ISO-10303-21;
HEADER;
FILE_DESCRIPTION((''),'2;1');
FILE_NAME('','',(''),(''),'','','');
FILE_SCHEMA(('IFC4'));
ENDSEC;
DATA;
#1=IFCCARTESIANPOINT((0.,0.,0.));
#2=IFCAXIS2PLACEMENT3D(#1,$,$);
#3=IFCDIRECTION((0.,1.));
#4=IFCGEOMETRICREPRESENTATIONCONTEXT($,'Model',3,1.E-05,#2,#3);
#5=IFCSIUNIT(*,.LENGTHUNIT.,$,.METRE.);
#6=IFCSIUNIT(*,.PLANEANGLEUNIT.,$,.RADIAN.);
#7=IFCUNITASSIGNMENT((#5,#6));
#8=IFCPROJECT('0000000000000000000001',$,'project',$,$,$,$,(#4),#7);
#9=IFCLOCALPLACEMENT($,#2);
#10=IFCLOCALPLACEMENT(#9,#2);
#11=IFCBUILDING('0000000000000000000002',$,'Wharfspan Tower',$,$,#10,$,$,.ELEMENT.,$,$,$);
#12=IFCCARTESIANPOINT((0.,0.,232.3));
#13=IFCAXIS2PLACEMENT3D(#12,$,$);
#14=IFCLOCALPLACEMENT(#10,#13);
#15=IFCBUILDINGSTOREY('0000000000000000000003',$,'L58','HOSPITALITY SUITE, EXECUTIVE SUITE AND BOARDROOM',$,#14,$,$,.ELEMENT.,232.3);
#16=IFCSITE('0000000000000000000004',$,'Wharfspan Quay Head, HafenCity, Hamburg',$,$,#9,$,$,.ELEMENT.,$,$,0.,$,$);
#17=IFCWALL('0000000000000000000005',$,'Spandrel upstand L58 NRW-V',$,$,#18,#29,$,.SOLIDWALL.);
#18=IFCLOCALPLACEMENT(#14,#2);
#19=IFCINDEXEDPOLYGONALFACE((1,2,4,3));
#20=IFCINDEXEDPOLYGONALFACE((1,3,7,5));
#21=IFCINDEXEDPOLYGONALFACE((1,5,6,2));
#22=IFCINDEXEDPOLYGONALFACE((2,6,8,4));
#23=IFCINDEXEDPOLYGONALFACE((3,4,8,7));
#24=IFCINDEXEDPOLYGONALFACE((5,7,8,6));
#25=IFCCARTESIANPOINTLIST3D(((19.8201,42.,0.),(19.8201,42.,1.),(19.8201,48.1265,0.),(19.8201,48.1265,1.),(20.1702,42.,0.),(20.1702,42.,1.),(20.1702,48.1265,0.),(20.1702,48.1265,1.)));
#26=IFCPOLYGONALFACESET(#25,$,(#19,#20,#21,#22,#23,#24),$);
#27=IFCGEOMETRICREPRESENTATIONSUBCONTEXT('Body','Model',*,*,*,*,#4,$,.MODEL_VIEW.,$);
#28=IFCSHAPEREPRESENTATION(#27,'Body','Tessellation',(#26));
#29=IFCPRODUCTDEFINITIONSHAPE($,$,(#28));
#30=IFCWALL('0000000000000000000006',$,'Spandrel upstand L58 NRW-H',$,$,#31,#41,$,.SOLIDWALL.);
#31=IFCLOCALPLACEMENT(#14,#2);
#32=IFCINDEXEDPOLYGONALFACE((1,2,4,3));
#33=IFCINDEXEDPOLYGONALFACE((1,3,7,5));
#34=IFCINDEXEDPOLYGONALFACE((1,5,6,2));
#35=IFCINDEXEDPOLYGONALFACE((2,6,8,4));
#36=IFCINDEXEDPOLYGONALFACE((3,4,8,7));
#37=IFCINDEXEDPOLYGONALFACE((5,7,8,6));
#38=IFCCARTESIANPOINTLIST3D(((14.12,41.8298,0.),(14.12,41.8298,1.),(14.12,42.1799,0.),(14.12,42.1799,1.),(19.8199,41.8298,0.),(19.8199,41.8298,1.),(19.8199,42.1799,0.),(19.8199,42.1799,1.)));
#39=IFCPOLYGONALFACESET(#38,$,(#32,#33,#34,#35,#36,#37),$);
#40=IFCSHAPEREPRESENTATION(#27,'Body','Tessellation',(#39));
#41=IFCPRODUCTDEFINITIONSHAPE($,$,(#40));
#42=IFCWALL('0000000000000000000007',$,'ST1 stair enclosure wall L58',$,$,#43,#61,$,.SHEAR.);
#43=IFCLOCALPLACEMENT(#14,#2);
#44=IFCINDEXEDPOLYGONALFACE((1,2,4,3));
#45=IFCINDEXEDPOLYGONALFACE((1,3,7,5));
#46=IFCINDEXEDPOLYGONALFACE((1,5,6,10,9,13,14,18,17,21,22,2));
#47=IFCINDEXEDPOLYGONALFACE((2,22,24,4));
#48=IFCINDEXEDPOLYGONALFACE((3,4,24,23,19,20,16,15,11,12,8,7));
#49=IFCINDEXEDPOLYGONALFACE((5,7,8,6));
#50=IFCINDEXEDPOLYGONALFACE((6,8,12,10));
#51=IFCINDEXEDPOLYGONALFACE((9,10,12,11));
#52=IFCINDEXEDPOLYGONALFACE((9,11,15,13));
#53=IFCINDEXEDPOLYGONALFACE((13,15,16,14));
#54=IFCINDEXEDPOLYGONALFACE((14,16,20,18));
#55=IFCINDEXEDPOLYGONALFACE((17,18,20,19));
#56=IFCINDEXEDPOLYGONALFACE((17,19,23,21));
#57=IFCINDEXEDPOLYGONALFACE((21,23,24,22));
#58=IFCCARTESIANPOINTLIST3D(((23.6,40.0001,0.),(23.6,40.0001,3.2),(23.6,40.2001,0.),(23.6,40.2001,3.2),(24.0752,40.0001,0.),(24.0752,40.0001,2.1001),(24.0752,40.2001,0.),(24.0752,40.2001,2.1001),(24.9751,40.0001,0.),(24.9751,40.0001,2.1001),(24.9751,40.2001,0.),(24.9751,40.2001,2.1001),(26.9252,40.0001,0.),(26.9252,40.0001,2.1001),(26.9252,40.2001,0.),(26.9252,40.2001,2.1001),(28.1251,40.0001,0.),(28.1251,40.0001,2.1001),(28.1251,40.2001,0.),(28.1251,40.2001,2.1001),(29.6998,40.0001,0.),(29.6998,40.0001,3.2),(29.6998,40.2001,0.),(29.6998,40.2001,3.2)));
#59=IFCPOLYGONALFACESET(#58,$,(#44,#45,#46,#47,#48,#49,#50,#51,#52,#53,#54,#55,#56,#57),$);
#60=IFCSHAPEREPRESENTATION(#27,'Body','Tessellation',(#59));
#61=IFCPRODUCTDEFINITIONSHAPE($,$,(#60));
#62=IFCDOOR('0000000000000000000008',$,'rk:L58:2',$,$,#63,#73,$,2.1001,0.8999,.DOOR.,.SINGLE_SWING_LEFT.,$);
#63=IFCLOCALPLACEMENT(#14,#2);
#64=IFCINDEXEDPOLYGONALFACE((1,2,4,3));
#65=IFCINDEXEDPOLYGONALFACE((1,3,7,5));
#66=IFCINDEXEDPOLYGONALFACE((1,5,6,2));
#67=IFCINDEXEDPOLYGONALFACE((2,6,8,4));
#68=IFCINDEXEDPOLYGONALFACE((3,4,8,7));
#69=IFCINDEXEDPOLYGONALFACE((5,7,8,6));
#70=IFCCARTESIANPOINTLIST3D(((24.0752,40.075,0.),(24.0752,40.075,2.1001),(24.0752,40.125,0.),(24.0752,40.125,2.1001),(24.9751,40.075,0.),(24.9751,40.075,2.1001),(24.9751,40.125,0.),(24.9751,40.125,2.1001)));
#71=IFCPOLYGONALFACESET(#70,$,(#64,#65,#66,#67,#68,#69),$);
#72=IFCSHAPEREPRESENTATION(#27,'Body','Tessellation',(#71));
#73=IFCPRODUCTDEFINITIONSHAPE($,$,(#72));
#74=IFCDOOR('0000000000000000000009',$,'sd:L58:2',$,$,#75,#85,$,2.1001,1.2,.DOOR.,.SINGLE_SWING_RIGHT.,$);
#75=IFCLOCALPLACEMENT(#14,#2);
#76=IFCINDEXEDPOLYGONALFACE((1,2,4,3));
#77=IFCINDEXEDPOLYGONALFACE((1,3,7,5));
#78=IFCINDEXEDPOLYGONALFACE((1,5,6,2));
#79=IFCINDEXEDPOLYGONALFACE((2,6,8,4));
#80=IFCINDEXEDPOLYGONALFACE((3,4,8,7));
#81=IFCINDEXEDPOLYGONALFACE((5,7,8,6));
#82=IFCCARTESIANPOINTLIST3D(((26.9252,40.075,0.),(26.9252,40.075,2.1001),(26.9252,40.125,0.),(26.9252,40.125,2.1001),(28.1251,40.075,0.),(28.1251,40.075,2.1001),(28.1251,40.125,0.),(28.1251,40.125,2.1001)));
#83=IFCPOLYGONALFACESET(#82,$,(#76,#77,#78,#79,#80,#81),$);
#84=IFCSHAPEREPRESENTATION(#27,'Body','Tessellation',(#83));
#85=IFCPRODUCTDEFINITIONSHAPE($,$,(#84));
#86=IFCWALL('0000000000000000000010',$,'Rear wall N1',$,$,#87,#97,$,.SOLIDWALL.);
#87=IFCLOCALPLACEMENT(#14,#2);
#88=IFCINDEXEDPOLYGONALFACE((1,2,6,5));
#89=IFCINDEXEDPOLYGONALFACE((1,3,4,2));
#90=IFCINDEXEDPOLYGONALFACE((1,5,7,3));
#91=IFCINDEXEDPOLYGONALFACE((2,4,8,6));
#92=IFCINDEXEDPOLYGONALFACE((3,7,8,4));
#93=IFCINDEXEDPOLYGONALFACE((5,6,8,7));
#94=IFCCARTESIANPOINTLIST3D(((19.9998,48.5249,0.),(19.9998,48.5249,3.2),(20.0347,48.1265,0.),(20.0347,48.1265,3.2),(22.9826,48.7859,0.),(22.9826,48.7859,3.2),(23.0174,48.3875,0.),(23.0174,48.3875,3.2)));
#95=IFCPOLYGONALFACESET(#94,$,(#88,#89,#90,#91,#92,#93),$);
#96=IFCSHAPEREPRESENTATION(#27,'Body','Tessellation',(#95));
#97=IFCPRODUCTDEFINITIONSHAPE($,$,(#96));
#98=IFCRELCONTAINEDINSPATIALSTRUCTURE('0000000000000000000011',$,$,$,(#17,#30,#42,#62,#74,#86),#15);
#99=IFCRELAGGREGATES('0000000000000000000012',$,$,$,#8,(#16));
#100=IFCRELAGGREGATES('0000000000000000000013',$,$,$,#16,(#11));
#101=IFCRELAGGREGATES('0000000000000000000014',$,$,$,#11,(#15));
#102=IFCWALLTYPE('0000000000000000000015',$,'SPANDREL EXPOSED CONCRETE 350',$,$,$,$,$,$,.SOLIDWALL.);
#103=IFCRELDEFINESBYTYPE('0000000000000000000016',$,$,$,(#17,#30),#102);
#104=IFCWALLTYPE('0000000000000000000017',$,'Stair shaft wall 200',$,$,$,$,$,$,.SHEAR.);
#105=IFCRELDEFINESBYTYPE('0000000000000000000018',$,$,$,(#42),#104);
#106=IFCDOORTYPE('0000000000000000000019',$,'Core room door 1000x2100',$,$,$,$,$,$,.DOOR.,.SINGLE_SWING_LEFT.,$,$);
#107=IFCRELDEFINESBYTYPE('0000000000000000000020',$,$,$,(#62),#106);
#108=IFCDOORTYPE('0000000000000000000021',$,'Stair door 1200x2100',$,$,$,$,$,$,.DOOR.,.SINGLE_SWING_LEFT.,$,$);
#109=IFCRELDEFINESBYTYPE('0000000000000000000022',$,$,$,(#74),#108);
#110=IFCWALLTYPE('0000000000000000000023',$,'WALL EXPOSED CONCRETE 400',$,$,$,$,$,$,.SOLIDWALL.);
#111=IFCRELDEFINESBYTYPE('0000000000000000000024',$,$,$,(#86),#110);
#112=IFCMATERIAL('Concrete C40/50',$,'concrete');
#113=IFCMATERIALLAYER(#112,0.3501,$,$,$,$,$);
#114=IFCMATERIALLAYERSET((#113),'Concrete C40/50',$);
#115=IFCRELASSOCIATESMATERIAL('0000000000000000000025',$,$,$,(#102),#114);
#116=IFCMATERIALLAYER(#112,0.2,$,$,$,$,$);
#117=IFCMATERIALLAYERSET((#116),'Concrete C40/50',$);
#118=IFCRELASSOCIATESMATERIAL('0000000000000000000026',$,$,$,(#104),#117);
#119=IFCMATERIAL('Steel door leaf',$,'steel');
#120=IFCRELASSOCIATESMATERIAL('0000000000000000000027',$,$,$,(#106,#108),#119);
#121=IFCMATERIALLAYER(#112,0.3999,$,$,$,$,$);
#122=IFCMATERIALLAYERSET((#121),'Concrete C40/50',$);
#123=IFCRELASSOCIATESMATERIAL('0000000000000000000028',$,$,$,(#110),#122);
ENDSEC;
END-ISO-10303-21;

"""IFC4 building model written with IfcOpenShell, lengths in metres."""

from ifc_helpers import new_model, si_unit, direction, frame, frame_2d, origin, place, context, subcontext, project, spatial, rectangle, extrude, material, layer, layer_set, type_object, element, fill, save


model = new_model("IFC4")

# Units and contexts
model_context = context("Model", 3, precision=1e-05, world=origin(), true_north=direction((0.0, 1.0)))
body_context = subcontext(model_context, "Body", "Model", "MODEL_VIEW")
ifc_project = project(units=[si_unit("LENGTHUNIT", "METRE"), si_unit("PLANEANGLEUNIT", "RADIAN")], contexts=[model_context])

# Site, building, storey
site_placement = place(None, origin())
site = spatial("IfcSite", under=ifc_project, at=site_placement, Name="Wharfspan Quay Head, HafenCity, Hamburg", CompositionType="ELEMENT", RefElevation=0.0)
building_placement = place(site_placement, origin())
building = spatial("IfcBuilding", under=site, at=building_placement, Name="Wharfspan Tower", CompositionType="ELEMENT")
storey_placement = place(building_placement, frame((0.0, 0.0, 232.3)))
storey = spatial("IfcBuildingStorey", under=building, at=storey_placement, Name="L58", Description="HOSPITALITY SUITE, EXECUTIVE SUITE AND BOARDROOM", CompositionType="ELEMENT", Elevation=232.3)

# Walls
ifc_material_1 = material(Name="Concrete C40/50", Category="concrete")
ifc_layer_1 = layer(ifc_material_1, 0.3501)
ifc_layer_set_1 = layer_set([ifc_layer_1], Name="Concrete C40/50")
wall_type_1 = type_object("IfcWallType", Name="SPANDREL EXPOSED CONCRETE 350", PredefinedType="SOLIDWALL", material=ifc_layer_set_1)
wall_1_placement = place(storey_placement, frame((19.9951, 48.1265, 0.0), z_axis=(0.0, 0.0, 1.0), x_axis=(0.0, -1.0, 0.0)))
element("IfcWall", 1, at=wall_1_placement, inside=storey, type_object=wall_type_1, Name="Spandrel upstand L58 NRW-V", PredefinedType="SOLIDWALL", context=body_context, shape_type="SweptSolid", body=[
    extrude(rectangle(XDim=6.1265, YDim=0.3501, at=frame_2d((3.0632, 0.0))), origin(), (0.0, 0.0, 1.0), 1.0),
])
wall_2_placement = place(storey_placement, frame((19.8201, 42.0049, 0.0), z_axis=(0.0, 0.0, 1.0), x_axis=(-1.0, 0.0, 0.0)))
element("IfcWall", 2, at=wall_2_placement, inside=storey, type_object=wall_type_1, Name="Spandrel upstand L58 NRW-H", PredefinedType="SOLIDWALL", context=body_context, shape_type="SweptSolid", body=[
    extrude(rectangle(XDim=5.7, YDim=0.3501, at=frame_2d((2.8501, 0.0))), origin(), (0.0, 0.0, 1.0), 1.0),
])

# Wall, openings, doors
ifc_layer_2 = layer(ifc_material_1, 0.2)
ifc_layer_set_2 = layer_set([ifc_layer_2], Name="Concrete C40/50")
wall_type_2 = type_object("IfcWallType", Name="Stair shaft wall 200", PredefinedType="SHEAR", material=ifc_layer_set_2)
wall_3_placement = place(storey_placement, frame((23.6001, 40.1001, 0.0), z_axis=(0.0, 0.0, 1.0), x_axis=(1.0, 0.0, 0.0)))
wall_3 = element("IfcWall", 3, at=wall_3_placement, inside=storey, type_object=wall_type_2, Name="ST1 stair enclosure wall L58", PredefinedType="SHEAR", context=body_context, shape_type="SweptSolid", body=[
    extrude(rectangle(XDim=6.0999, YDim=0.2, at=frame_2d((3.0498, 0.0))), origin(), (0.0, 0.0, 1.0), 3.2),
])
opening_1_placement = place(wall_3_placement, frame((3.325, 0.0, 0.0)))
opening_1 = element("IfcOpeningElement", 4, at=opening_1_placement, cuts=wall_3, PredefinedType="OPENING", context=body_context, shape_type="SweptSolid", body=[
    extrude(rectangle(XDim=1.2, YDim=2.1001, at=frame_2d((0.6001, 1.05))), frame((0.0, 0.1099, 0.0), z_axis=(0.0, -1.0, 0.0), x_axis=(1.0, 0.0, 0.0)), (0.0, 0.0, 1.0), 0.22),
])
opening_2_placement = place(wall_3_placement, frame((0.4751, 0.0, 0.0)))
opening_2 = element("IfcOpeningElement", 5, at=opening_2_placement, cuts=wall_3, PredefinedType="OPENING", context=body_context, shape_type="SweptSolid", body=[
    extrude(rectangle(XDim=0.8999, YDim=2.1001, at=frame_2d((0.45, 1.05))), frame((0.0, 0.1099, 0.0), z_axis=(0.0, -1.0, 0.0), x_axis=(1.0, 0.0, 0.0)), (0.0, 0.0, 1.0), 0.22),
])
ifc_material_2 = material(Name="Steel door leaf", Category="steel")
door_type_1 = type_object("IfcDoorType", Name="Core room door 1000x2100", OperationType="SINGLE_SWING_LEFT", PredefinedType="DOOR", material=ifc_material_2)
door_1_placement = place(opening_2_placement, origin())
door_1 = element("IfcDoor", 6, at=door_1_placement, inside=storey, type_object=door_type_1, Name="rk:L58:2", OperationType="SINGLE_SWING_LEFT", OverallHeight=2.1001, OverallWidth=0.8999, PredefinedType="DOOR", context=body_context, shape_type="SweptSolid", body=[
    extrude(rectangle(XDim=0.8999, YDim=2.1001, at=frame_2d((0.45, 1.05))), frame((0.0, 0.0249, 0.0), z_axis=(0.0, -1.0, 0.0), x_axis=(1.0, 0.0, 0.0)), (0.0, 0.0, 1.0), 0.05),
])
fill(opening_2, door_1)
door_type_2 = type_object("IfcDoorType", Name="Stair door 1200x2100", OperationType="SINGLE_SWING_LEFT", PredefinedType="DOOR", material=ifc_material_2)
door_2_placement = place(opening_1_placement, origin())
door_2 = element("IfcDoor", 7, at=door_2_placement, inside=storey, type_object=door_type_2, Name="sd:L58:2", OperationType="SINGLE_SWING_RIGHT", OverallHeight=2.1001, OverallWidth=1.2, PredefinedType="DOOR", context=body_context, shape_type="SweptSolid", body=[
    extrude(rectangle(XDim=1.2, YDim=2.1001, at=frame_2d((0.6001, 1.05))), frame((0.0, 0.0249, 0.0), z_axis=(0.0, -1.0, 0.0), x_axis=(1.0, 0.0, 0.0)), (0.0, 0.0, 1.0), 0.05),
])
fill(opening_1, door_2)

# Wall
ifc_layer_3 = layer(ifc_material_1, 0.3999)
ifc_layer_set_3 = layer_set([ifc_layer_3], Name="Concrete C40/50")
wall_type_3 = type_object("IfcWallType", Name="WALL EXPOSED CONCRETE 400", PredefinedType="SOLIDWALL", material=ifc_layer_set_3)
wall_4_placement = place(storey_placement, frame((23.0, 48.5867, 0.0), z_axis=(0.0, 0.0, 1.0), x_axis=(-0.996194, -0.087168, 0.0)))
element("IfcWall", 8, at=wall_4_placement, inside=storey, type_object=wall_type_3, Name="Rear wall N1", PredefinedType="SOLIDWALL", context=body_context, shape_type="SweptSolid", body=[
    extrude(rectangle(XDim=2.9941, YDim=0.3999, at=frame_2d((1.4971, 0.0))), origin(), (0.0, 0.0, 1.0), 3.2),
])

save(model, "model.ifc")
